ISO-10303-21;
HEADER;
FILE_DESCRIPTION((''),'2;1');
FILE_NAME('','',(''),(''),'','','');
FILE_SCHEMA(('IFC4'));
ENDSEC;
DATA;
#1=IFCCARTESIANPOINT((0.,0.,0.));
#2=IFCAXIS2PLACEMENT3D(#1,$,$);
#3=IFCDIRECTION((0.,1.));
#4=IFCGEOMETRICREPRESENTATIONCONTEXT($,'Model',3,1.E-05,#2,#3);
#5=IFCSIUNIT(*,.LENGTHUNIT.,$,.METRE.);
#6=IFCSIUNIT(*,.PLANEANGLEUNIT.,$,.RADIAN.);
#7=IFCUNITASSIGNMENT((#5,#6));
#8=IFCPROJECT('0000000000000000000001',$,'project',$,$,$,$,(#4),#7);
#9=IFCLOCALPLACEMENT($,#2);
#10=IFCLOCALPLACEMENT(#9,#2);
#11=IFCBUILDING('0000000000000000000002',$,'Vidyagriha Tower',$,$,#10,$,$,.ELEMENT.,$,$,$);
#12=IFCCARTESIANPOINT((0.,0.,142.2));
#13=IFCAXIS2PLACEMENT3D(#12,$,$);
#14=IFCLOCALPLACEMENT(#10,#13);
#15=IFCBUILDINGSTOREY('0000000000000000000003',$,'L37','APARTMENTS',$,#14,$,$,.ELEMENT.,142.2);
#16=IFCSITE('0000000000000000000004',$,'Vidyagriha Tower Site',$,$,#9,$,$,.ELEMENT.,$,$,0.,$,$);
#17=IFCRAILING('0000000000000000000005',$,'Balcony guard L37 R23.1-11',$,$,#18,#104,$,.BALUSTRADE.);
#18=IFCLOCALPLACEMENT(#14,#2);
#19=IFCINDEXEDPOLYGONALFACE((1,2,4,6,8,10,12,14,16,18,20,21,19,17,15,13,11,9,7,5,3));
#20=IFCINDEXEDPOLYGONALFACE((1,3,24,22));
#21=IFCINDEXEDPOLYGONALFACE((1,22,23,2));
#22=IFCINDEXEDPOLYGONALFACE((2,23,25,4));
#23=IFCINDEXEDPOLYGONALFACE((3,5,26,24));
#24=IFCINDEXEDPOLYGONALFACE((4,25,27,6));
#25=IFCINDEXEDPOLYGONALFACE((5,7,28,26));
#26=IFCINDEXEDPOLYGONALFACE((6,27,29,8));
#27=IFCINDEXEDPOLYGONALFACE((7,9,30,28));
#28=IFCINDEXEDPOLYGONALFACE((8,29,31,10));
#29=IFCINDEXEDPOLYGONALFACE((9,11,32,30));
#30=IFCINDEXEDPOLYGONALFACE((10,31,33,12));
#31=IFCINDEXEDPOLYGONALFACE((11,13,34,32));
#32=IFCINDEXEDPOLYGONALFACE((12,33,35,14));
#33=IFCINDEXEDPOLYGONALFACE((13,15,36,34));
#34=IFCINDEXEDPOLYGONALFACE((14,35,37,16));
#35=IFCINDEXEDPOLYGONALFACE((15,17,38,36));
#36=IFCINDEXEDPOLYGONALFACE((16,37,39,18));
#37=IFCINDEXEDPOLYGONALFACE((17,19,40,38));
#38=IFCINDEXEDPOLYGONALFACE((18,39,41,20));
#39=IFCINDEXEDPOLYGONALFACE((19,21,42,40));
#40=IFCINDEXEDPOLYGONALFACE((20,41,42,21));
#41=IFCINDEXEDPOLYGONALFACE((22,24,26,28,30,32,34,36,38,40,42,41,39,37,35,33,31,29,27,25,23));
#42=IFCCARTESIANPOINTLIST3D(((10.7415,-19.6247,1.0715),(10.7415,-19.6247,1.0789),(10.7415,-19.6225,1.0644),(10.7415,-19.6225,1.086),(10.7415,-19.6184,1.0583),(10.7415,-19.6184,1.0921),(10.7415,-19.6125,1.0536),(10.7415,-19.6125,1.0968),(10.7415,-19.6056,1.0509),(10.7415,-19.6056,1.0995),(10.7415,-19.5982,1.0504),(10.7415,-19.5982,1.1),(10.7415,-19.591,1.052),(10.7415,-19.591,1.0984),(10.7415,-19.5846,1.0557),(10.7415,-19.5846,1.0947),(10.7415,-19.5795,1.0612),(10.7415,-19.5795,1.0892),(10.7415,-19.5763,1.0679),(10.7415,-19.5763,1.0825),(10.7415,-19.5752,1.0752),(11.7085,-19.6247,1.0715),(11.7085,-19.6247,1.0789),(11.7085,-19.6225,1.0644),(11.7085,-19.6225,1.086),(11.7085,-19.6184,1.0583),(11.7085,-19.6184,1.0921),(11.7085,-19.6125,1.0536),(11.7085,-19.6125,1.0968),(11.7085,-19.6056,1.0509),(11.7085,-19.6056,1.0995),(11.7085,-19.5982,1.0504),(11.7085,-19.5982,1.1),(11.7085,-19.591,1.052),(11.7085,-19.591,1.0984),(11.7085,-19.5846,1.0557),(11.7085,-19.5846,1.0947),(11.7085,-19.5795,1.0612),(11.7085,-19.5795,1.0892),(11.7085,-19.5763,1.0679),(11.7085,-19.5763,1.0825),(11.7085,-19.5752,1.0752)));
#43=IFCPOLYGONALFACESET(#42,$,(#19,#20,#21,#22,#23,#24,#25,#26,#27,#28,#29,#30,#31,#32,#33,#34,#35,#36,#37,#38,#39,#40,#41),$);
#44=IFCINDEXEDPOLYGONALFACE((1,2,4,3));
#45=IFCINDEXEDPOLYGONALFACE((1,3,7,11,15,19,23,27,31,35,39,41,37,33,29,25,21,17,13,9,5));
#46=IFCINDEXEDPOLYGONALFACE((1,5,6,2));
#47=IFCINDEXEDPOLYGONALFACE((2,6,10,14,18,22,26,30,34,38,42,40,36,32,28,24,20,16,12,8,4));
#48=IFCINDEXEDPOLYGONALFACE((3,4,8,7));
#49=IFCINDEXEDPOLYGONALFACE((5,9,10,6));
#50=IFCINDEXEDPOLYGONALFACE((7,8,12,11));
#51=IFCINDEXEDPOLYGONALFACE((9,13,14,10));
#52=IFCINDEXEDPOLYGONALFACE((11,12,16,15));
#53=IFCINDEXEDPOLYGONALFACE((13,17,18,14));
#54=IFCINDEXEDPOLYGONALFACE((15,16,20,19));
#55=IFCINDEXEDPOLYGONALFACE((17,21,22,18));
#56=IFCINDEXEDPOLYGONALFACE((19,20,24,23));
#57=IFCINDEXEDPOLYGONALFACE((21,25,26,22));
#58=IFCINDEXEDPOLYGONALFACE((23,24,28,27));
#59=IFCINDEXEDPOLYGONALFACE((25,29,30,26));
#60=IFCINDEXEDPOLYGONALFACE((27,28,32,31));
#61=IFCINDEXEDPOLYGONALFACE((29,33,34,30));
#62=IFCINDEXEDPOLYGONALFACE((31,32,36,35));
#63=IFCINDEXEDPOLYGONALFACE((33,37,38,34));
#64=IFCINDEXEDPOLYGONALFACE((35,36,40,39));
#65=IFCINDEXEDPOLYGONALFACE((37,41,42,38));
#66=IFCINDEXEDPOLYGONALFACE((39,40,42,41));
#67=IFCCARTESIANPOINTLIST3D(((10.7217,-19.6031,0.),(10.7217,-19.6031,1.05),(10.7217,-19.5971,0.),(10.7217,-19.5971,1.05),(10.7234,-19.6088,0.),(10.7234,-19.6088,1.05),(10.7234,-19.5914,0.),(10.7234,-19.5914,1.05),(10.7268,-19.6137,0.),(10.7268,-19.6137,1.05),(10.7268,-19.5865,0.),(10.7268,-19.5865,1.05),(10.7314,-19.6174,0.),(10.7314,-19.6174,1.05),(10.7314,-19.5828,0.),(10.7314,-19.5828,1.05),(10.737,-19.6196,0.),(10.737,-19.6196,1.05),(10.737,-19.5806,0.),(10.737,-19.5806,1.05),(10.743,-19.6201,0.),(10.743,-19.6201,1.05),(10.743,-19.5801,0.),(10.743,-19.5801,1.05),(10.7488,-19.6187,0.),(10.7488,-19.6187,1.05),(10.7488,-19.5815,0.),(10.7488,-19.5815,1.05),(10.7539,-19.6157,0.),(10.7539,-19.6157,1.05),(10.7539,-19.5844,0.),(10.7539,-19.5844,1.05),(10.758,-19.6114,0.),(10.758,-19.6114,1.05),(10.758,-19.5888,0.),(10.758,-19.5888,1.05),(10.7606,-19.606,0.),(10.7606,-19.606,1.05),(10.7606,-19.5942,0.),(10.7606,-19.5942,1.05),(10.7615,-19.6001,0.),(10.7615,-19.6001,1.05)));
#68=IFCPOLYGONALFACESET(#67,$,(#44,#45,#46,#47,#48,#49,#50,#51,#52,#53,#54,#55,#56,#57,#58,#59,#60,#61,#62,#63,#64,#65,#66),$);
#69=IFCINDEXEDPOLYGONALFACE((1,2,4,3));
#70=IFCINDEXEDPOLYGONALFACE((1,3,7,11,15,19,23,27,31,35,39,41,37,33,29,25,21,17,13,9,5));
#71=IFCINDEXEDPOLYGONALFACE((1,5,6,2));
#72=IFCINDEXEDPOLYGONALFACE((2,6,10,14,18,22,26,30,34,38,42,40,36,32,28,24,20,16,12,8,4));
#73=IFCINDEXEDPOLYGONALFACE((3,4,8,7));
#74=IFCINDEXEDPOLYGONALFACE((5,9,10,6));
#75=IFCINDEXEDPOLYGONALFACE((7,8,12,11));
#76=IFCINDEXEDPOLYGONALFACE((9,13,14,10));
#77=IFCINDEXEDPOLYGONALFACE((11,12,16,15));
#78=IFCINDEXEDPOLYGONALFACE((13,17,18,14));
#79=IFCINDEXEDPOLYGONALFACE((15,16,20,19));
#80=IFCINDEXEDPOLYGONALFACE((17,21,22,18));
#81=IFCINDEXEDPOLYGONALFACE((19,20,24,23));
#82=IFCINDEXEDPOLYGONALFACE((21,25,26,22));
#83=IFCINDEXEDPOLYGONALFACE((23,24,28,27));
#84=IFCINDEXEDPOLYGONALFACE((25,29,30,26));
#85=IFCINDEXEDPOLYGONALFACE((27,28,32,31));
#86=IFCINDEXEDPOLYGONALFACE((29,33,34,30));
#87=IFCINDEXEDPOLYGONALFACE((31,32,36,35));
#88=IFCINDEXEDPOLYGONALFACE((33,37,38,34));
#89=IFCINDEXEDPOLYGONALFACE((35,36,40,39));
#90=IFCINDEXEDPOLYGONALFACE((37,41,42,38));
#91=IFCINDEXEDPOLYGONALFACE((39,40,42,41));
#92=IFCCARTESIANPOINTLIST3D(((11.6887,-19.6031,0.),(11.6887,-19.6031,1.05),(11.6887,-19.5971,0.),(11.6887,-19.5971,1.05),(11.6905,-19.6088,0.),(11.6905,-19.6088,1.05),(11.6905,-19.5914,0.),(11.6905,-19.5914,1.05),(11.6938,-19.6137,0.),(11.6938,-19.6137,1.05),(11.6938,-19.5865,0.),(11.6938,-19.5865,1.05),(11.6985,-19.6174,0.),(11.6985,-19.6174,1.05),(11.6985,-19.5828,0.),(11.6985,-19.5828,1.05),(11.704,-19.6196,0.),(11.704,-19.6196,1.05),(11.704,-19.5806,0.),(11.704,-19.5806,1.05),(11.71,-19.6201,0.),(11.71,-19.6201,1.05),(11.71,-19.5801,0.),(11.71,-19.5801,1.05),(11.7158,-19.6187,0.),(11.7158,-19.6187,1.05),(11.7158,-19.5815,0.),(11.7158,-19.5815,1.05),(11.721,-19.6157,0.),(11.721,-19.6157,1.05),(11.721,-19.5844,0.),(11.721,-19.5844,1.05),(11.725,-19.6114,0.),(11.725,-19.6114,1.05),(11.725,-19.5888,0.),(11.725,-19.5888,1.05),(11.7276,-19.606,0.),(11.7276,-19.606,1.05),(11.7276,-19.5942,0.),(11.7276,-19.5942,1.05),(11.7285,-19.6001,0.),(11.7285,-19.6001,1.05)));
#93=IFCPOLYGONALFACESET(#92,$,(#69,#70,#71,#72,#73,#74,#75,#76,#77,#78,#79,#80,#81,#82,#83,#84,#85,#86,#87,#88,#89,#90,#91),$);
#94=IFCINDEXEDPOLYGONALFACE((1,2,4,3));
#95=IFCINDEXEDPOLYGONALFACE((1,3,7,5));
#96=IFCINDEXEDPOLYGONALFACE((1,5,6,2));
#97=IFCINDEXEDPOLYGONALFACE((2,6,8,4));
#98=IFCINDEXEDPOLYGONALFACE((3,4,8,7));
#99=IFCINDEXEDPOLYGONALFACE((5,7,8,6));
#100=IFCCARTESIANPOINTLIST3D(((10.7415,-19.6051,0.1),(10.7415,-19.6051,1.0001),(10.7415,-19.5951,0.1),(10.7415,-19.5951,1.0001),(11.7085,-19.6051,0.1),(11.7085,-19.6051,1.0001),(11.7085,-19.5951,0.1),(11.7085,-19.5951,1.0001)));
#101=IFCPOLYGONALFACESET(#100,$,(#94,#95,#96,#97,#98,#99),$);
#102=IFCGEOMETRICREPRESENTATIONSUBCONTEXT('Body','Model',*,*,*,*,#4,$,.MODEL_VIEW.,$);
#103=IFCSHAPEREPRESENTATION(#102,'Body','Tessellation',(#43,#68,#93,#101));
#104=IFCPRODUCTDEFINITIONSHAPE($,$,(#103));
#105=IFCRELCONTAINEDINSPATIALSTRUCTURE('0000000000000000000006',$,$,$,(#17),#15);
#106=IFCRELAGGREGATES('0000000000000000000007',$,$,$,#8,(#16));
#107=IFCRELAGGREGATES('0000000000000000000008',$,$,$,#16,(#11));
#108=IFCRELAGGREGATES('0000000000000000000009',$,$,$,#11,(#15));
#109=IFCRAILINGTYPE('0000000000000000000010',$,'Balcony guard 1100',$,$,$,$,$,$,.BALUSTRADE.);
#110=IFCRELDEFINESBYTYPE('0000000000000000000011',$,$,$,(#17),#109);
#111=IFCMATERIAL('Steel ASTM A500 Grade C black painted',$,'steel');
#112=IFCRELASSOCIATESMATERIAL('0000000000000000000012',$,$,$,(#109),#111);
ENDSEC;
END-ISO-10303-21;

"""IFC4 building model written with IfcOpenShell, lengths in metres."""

from ifc_helpers import new_model, si_unit, direction, frame, origin, origin_2d, place, context, subcontext, project, spatial, rectangle, circle, extrude, material, type_object, element, save


model = new_model("IFC4")

# Units and contexts
model_context = context("Model", 3, precision=1e-05, world=origin(), true_north=direction((0.0, 1.0)))
body_context = subcontext(model_context, "Body", "Model", "MODEL_VIEW")
ifc_project = project(units=[si_unit("LENGTHUNIT", "METRE"), si_unit("PLANEANGLEUNIT", "RADIAN")], contexts=[model_context])

# Site, building, storey
site_placement = place(None, origin())
site = spatial("IfcSite", under=ifc_project, at=site_placement, Name="Vidyagriha Tower Site", CompositionType="ELEMENT", RefElevation=0.0)
building_placement = place(site_placement, origin())
building = spatial("IfcBuilding", under=site, at=building_placement, Name="Vidyagriha Tower", CompositionType="ELEMENT")
storey_placement = place(building_placement, frame((0.0, 0.0, 142.2)))
storey = spatial("IfcBuildingStorey", under=building, at=storey_placement, Name="L37", Description="APARTMENTS", CompositionType="ELEMENT", Elevation=142.2)

# Railing
ifc_material_1 = material(Name="Steel ASTM A500 Grade C black painted", Category="steel")
railing_type = type_object("IfcRailingType", Name="Balcony guard 1100", PredefinedType="BALUSTRADE", material=ifc_material_1)
railing_1_placement = place(storey_placement, frame((10.7415, -19.6001, 0.0)))
element("IfcRailing", 1, at=railing_1_placement, inside=storey, type_object=railing_type, Name="Balcony guard L37 R23.1-11", PredefinedType="BALUSTRADE", context=body_context, shape_type="SweptSolid", body=[
    extrude(circle(Radius=0.0249, at=origin_2d()), frame((0.0, 0.0, 1.0752), z_axis=(1.0, 0.0, 0.0), x_axis=(0.0, 1.0, 0.0)), (0.0, 0.0, 1.0), 0.967),
    extrude(circle(Radius=0.02, at=origin_2d()), origin(), (0.0, 0.0, 1.0), 1.05),
    extrude(circle(Radius=0.02, at=origin_2d()), frame((0.967, 0.0, 0.0)), (0.0, 0.0, 1.0), 1.05),
    extrude(rectangle(XDim=0.01, YDim=0.9001, at=origin_2d()), frame((0.0, 0.0, 0.55), z_axis=(1.0, 0.0, 0.0), x_axis=(0.0, 1.0, 0.0)), (0.0, 0.0, 1.0), 0.967),
])

save(model, "model.ifc")
